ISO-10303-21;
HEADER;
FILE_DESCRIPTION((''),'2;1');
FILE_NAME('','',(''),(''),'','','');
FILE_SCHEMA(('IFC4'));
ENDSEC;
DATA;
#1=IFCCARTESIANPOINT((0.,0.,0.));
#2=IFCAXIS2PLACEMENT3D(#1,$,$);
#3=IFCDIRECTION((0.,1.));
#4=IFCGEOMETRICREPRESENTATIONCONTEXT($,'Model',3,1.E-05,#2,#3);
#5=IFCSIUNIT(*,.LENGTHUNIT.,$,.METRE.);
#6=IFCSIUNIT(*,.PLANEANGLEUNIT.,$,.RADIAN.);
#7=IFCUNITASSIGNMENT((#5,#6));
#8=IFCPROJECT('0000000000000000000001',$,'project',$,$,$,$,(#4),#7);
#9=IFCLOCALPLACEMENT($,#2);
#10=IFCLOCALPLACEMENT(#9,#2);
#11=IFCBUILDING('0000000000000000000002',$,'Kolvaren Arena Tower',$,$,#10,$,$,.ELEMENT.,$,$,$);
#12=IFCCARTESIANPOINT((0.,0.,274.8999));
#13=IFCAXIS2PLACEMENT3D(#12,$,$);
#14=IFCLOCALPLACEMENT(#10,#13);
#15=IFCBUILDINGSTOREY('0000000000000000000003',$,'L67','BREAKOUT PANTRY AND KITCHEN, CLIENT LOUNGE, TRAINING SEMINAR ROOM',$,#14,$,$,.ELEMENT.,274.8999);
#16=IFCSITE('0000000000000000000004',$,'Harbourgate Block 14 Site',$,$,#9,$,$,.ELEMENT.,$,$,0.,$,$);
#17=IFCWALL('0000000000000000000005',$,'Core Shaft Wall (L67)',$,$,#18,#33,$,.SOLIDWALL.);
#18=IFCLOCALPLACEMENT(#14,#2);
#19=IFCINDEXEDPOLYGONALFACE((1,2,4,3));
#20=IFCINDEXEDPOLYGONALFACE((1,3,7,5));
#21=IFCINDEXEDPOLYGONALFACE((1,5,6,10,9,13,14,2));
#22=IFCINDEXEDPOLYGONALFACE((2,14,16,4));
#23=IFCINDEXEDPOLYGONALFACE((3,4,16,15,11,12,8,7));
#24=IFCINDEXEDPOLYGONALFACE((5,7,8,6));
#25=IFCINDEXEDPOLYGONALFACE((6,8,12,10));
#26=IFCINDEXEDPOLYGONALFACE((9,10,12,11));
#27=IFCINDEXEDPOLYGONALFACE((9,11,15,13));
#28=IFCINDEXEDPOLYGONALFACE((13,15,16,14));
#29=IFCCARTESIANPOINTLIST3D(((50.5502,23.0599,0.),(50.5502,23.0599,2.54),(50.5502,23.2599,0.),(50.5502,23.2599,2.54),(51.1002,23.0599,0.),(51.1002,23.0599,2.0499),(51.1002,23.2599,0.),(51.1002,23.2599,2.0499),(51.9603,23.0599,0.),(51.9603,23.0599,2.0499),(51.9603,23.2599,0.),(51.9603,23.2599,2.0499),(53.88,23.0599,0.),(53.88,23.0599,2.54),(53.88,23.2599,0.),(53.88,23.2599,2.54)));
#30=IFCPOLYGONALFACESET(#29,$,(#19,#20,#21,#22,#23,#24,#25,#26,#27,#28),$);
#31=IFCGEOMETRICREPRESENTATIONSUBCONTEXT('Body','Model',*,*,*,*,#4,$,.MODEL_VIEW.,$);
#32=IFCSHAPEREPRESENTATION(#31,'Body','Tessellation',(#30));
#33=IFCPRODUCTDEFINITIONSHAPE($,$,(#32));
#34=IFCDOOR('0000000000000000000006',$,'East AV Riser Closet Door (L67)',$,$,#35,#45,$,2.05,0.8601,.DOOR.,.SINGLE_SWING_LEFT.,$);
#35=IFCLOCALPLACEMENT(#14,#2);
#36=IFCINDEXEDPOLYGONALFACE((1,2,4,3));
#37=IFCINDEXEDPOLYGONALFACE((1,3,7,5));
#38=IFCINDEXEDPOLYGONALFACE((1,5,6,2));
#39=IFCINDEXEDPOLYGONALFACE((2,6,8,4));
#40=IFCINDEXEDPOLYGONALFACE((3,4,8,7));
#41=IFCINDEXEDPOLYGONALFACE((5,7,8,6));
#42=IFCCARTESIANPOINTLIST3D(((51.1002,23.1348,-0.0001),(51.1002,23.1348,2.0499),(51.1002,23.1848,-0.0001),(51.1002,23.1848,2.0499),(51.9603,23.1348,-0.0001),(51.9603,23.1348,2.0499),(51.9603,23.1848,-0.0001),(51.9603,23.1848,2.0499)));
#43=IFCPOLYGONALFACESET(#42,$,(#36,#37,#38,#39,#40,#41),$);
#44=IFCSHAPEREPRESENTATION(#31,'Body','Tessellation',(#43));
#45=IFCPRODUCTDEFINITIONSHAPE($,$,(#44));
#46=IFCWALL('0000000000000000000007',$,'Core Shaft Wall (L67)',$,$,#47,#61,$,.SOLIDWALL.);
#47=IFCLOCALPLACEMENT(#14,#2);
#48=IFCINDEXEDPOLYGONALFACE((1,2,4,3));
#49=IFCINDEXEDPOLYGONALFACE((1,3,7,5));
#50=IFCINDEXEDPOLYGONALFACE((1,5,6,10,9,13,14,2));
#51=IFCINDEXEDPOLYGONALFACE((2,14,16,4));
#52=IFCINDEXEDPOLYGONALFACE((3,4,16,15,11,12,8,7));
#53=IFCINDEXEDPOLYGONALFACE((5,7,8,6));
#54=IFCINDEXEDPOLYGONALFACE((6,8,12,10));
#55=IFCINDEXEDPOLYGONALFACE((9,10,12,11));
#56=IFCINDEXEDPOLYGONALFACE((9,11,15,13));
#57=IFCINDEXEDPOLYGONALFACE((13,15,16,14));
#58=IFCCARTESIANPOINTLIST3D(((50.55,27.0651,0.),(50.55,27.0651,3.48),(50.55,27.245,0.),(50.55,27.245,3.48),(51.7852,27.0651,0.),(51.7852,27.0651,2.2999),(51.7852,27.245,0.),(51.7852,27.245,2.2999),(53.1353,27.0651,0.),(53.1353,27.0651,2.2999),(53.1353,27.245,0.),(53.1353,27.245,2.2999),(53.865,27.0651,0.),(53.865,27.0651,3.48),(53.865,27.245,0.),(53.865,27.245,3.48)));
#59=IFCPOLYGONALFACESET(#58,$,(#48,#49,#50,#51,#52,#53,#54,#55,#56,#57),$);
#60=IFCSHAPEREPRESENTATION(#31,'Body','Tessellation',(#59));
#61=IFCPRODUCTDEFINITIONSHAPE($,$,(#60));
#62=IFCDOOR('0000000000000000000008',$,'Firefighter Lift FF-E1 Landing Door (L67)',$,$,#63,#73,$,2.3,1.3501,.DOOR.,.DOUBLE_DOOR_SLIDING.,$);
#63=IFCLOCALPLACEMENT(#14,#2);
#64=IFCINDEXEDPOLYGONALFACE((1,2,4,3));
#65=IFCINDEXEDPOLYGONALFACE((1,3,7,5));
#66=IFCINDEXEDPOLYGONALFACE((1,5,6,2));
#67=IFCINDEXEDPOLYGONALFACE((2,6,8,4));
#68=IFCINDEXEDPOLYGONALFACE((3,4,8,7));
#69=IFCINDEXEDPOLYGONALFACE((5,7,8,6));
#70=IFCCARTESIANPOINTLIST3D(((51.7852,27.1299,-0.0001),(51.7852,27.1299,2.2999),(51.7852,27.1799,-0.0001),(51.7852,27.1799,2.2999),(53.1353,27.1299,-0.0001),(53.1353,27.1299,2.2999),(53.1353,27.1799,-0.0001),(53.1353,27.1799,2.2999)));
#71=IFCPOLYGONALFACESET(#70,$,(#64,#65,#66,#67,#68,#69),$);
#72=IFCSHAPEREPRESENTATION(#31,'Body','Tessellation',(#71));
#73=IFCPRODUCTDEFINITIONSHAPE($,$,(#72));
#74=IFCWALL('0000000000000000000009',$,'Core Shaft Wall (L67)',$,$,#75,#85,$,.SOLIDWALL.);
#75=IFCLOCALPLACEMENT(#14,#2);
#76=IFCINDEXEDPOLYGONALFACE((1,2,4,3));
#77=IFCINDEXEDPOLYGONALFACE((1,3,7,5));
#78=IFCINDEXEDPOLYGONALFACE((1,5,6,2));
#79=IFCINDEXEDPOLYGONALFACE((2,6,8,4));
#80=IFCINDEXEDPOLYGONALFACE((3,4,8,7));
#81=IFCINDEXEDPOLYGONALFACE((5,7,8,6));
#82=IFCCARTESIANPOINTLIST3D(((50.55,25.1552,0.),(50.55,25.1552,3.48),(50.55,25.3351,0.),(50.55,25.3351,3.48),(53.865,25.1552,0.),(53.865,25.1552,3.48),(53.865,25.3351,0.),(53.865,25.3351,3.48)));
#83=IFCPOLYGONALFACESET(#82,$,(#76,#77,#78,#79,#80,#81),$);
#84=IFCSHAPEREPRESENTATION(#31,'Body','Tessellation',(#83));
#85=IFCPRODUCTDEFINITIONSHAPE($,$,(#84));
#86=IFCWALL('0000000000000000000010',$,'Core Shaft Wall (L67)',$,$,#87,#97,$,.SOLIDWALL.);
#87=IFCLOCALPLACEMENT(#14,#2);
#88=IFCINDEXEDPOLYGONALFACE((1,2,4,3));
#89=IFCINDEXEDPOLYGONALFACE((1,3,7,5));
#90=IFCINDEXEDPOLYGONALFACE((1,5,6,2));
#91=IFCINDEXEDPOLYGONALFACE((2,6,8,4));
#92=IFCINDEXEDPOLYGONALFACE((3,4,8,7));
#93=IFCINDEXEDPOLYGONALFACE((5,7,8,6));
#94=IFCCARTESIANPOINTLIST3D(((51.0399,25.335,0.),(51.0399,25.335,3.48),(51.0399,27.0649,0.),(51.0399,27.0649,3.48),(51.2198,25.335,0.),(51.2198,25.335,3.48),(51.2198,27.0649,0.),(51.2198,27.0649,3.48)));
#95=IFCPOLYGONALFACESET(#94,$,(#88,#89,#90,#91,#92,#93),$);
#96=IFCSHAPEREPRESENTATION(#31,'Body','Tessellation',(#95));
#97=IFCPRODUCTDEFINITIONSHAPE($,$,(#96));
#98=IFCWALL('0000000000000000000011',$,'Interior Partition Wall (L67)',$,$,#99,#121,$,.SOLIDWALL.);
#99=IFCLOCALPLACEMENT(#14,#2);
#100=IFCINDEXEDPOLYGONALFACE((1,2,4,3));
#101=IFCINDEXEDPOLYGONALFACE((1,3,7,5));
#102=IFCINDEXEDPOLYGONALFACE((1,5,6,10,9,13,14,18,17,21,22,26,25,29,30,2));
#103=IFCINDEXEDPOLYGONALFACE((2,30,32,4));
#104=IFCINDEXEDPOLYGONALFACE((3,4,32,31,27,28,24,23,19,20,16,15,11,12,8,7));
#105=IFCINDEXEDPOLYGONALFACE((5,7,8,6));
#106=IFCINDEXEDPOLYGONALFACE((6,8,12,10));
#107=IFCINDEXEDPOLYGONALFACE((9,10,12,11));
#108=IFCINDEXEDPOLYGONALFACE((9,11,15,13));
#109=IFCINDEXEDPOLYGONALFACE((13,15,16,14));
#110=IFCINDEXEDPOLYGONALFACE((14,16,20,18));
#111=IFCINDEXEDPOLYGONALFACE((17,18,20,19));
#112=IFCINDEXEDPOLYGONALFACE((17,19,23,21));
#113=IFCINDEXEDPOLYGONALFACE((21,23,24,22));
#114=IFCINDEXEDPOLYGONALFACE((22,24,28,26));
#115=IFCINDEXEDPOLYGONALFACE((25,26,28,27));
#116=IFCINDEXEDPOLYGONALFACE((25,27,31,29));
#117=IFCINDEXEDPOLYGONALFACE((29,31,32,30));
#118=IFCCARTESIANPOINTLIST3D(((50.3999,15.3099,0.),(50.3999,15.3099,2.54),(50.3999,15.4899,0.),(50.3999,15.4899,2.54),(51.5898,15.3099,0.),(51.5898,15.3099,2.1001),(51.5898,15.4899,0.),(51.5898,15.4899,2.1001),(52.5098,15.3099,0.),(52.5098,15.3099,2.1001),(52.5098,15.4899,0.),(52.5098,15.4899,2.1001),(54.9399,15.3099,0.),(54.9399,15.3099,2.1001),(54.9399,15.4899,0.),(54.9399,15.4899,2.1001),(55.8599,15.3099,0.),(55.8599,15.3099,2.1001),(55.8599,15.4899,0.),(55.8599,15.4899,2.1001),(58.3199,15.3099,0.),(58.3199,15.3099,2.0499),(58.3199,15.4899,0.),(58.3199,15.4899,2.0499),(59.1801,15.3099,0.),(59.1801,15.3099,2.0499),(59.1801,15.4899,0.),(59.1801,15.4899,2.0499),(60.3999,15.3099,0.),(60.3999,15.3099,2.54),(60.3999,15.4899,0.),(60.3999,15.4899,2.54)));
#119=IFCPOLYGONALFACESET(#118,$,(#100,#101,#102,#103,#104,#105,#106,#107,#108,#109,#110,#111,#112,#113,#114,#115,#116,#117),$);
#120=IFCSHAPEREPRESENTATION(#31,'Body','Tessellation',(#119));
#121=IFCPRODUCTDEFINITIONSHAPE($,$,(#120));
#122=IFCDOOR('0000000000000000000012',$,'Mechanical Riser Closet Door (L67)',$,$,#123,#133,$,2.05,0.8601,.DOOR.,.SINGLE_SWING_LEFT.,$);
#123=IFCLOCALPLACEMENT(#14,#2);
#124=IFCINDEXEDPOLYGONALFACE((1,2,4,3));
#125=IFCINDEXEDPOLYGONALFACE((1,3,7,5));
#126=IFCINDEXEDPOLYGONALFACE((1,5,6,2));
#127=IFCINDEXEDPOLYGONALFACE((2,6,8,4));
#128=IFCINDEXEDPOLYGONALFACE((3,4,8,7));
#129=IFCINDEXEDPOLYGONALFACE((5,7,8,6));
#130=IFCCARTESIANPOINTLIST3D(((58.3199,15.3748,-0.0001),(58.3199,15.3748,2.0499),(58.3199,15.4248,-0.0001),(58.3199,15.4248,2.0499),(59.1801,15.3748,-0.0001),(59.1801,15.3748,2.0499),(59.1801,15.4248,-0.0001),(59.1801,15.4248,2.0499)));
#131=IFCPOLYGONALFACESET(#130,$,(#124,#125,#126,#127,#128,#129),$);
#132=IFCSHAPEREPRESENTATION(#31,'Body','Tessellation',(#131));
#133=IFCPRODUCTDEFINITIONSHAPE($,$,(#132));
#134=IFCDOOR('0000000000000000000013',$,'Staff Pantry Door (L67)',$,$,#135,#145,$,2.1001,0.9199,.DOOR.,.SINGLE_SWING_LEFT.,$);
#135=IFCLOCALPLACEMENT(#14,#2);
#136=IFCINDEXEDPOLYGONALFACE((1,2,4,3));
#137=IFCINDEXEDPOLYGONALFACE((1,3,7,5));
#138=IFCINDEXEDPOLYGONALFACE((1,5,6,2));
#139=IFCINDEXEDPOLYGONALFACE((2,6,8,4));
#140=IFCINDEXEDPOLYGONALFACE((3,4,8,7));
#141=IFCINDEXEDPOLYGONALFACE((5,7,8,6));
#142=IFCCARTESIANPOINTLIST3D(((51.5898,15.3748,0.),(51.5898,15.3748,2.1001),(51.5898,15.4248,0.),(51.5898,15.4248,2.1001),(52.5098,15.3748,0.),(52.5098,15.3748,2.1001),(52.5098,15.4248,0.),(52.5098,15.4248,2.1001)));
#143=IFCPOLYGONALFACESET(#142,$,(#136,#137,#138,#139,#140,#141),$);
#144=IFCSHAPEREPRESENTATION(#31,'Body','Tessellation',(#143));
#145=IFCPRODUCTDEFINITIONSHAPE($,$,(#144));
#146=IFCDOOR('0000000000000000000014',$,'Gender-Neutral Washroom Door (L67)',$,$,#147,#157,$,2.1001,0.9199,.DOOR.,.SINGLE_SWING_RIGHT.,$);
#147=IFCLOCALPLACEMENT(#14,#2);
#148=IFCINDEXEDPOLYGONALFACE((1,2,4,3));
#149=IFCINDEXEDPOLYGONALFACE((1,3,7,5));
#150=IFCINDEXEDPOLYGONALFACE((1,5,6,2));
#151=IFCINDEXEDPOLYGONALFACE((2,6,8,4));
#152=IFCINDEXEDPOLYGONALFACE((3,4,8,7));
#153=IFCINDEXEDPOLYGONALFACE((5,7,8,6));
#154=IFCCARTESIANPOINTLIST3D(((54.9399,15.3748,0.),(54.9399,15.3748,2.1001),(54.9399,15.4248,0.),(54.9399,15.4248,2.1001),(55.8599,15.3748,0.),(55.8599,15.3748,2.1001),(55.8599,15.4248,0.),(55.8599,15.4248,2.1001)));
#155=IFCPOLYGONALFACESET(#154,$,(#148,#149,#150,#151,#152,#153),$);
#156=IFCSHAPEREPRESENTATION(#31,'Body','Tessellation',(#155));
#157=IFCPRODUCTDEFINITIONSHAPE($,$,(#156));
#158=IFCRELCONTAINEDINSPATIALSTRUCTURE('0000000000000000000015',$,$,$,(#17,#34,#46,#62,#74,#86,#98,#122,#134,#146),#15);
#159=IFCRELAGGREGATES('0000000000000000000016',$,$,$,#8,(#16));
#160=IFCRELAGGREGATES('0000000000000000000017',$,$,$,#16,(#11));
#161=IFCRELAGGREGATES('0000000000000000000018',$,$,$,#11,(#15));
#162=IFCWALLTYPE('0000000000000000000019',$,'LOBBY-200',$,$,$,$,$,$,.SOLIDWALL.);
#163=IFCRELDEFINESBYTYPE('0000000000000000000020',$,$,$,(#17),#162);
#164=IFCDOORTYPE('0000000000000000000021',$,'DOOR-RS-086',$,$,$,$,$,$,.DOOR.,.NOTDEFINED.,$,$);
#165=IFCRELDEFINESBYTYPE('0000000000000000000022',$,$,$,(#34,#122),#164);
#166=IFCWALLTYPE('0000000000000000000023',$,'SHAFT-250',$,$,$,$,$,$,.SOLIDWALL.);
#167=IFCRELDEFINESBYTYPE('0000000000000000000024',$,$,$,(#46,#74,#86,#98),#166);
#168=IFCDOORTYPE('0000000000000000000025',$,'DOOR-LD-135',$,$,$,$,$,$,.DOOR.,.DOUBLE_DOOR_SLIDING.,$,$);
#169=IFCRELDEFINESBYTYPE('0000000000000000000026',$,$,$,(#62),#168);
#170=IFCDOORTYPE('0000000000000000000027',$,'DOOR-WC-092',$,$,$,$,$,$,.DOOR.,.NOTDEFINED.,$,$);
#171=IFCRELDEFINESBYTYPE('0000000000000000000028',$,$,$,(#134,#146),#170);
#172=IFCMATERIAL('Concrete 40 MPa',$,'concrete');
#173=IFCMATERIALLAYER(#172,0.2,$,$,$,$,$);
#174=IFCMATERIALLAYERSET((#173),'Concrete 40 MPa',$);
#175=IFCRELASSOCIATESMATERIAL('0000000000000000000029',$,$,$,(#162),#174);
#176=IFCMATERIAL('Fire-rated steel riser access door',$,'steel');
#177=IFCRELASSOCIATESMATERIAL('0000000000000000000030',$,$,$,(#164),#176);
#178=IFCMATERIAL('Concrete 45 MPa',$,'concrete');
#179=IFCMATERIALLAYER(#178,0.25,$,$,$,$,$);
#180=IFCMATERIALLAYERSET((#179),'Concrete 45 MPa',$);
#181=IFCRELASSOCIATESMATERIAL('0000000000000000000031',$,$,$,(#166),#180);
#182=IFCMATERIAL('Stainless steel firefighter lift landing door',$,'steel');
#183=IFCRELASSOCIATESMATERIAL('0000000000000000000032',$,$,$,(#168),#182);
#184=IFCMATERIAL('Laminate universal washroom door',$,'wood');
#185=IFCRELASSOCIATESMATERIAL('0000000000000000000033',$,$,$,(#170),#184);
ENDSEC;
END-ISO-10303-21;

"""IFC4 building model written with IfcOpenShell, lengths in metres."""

from ifc_helpers import new_model, si_unit, direction, frame, frame_2d, origin, place, context, subcontext, project, spatial, rectangle, extrude, material, layer, layer_set, type_object, element, fill, save


model = new_model("IFC4")

# Units and contexts
model_context = context("Model", 3, precision=1e-05, world=origin(), true_north=direction((0.0, 1.0)))
body_context = subcontext(model_context, "Body", "Model", "MODEL_VIEW")
ifc_project = project(units=[si_unit("LENGTHUNIT", "METRE"), si_unit("PLANEANGLEUNIT", "RADIAN")], contexts=[model_context])

# Site, building, storey
site_placement = place(None, origin())
site = spatial("IfcSite", under=ifc_project, at=site_placement, Name="Harbourgate Block 14 Site", CompositionType="ELEMENT", RefElevation=0.0)
building_placement = place(site_placement, origin())
building = spatial("IfcBuilding", under=site, at=building_placement, Name="Kolvaren Arena Tower", CompositionType="ELEMENT")
storey_placement = place(building_placement, frame((0.0, 0.0, 274.8999)))
storey = spatial("IfcBuildingStorey", under=building, at=storey_placement, Name="L67", Description="BREAKOUT PANTRY AND KITCHEN, CLIENT LOUNGE, TRAINING SEMINAR ROOM", CompositionType="ELEMENT", Elevation=274.8999)

# Shared definitions
ifc_material_1 = material(Name="Concrete 40 MPa", Category="concrete")
ifc_layer_1 = layer(ifc_material_1, 0.2)
ifc_layer_set_1 = layer_set([ifc_layer_1], Name="Concrete 40 MPa")
wall_type_1 = type_object("IfcWallType", Name="LOBBY-200", PredefinedType="SOLIDWALL", material=ifc_layer_set_1)

# Walls, openings, doors
wall_1_placement = place(storey_placement, frame((50.55, 23.1599, 0.0), z_axis=(0.0, 0.0, 1.0), x_axis=(1.0, 0.0, 0.0)))
wall_1 = element("IfcWall", 1, at=wall_1_placement, inside=storey, type_object=wall_type_1, Name="Core Shaft Wall (L67)", PredefinedType="SOLIDWALL", context=body_context, shape_type="SweptSolid", body=[
    extrude(rectangle(XDim=3.3298, YDim=0.2, at=frame_2d((1.665, 0.0))), origin(), (0.0, 0.0, 1.0), 2.54),
])
opening_1_placement = place(wall_1_placement, frame((0.55, 0.0, 0.0)))
opening_1 = element("IfcOpeningElement", 2, at=opening_1_placement, cuts=wall_1, PredefinedType="OPENING", context=body_context, shape_type="SweptSolid", body=[
    extrude(rectangle(XDim=0.8601, YDim=2.05, at=frame_2d((0.4302, 1.0249))), frame((0.0, 0.1099, 0.0), z_axis=(0.0, -1.0, 0.0), x_axis=(1.0, 0.0, 0.0)), (0.0, 0.0, 1.0), 0.22),
])
ifc_material_2 = material(Name="Fire-rated steel riser access door", Category="steel")
door_type_1 = type_object("IfcDoorType", Name="DOOR-RS-086", OperationType="NOTDEFINED", PredefinedType="DOOR", material=ifc_material_2)
door_1_placement = place(opening_1_placement, origin())
door_1 = element("IfcDoor", 3, at=door_1_placement, inside=storey, type_object=door_type_1, Name="East AV Riser Closet Door (L67)", OperationType="SINGLE_SWING_LEFT", OverallHeight=2.05, OverallWidth=0.8601, PredefinedType="DOOR", context=body_context, shape_type="SweptSolid", body=[
    extrude(rectangle(XDim=0.8601, YDim=2.05, at=frame_2d((0.4302, 1.0249))), frame((0.0, 0.0249, 0.0), z_axis=(0.0, -1.0, 0.0), x_axis=(1.0, 0.0, 0.0)), (0.0, 0.0, 1.0), 0.05),
])
fill(opening_1, door_1)
ifc_material_3 = material(Name="Concrete 45 MPa", Category="concrete")
ifc_layer_2 = layer(ifc_material_3, 0.25)
ifc_layer_set_2 = layer_set([ifc_layer_2], Name="Concrete 45 MPa")
wall_type_2 = type_object("IfcWallType", Name="SHAFT-250", PredefinedType="SOLIDWALL", material=ifc_layer_set_2)
wall_2_placement = place(storey_placement, frame((50.55, 27.155, 0.0), z_axis=(0.0, 0.0, 1.0), x_axis=(1.0, 0.0, 0.0)))
wall_2 = element("IfcWall", 4, at=wall_2_placement, inside=storey, type_object=wall_type_2, Name="Core Shaft Wall (L67)", PredefinedType="SOLIDWALL", context=body_context, shape_type="SweptSolid", body=[
    extrude(rectangle(XDim=3.3149, YDim=0.1799, at=frame_2d((1.6575, 0.0))), origin(), (0.0, 0.0, 1.0), 3.48),
])
opening_2_placement = place(wall_2_placement, frame((1.2351, 0.0, 0.0)))
opening_2 = element("IfcOpeningElement", 5, at=opening_2_placement, cuts=wall_2, PredefinedType="OPENING", context=body_context, shape_type="SweptSolid", body=[
    extrude(rectangle(XDim=1.3501, YDim=2.3, at=frame_2d((0.675, 1.1499))), frame((0.0, 0.0999, 0.0), z_axis=(0.0, -1.0, 0.0), x_axis=(1.0, 0.0, 0.0)), (0.0, 0.0, 1.0), 0.2),
])
ifc_material_4 = material(Name="Stainless steel firefighter lift landing door", Category="steel")
door_type_2 = type_object("IfcDoorType", Name="DOOR-LD-135", OperationType="DOUBLE_DOOR_SLIDING", PredefinedType="DOOR", material=ifc_material_4)
door_2_placement = place(opening_2_placement, origin())
door_2 = element("IfcDoor", 6, at=door_2_placement, inside=storey, type_object=door_type_2, Name="Firefighter Lift FF-E1 Landing Door (L67)", OperationType="DOUBLE_DOOR_SLIDING", OverallHeight=2.3, OverallWidth=1.3501, PredefinedType="DOOR", context=body_context, shape_type="SweptSolid", body=[
    extrude(rectangle(XDim=1.3501, YDim=2.3, at=frame_2d((0.675, 1.1499))), frame((0.0, 0.0249, 0.0), z_axis=(0.0, -1.0, 0.0), x_axis=(1.0, 0.0, 0.0)), (0.0, 0.0, 1.0), 0.05),
])
fill(opening_2, door_2)

# Walls
wall_3_placement = place(storey_placement, frame((50.55, 25.2451, 0.0), z_axis=(0.0, 0.0, 1.0), x_axis=(1.0, 0.0, 0.0)))
element("IfcWall", 7, at=wall_3_placement, inside=storey, type_object=wall_type_2, Name="Core Shaft Wall (L67)", PredefinedType="SOLIDWALL", context=body_context, shape_type="SweptSolid", body=[
    extrude(rectangle(XDim=3.3149, YDim=0.1799, at=frame_2d((1.6575, 0.0))), origin(), (0.0, 0.0, 1.0), 3.48),
])
wall_4_placement = place(storey_placement, frame((51.1299, 25.335, 0.0), z_axis=(0.0, 0.0, 1.0), x_axis=(0.0, 1.0, 0.0)))
element("IfcWall", 8, at=wall_4_placement, inside=storey, type_object=wall_type_2, Name="Core Shaft Wall (L67)", PredefinedType="SOLIDWALL", context=body_context, shape_type="SweptSolid", body=[
    extrude(rectangle(XDim=1.73, YDim=0.1799, at=frame_2d((0.865, 0.0))), origin(), (0.0, 0.0, 1.0), 3.48),
])

# Wall, openings, doors
wall_5_placement = place(storey_placement, frame((50.3999, 15.3999, 0.0), z_axis=(0.0, 0.0, 1.0), x_axis=(1.0, 0.0, 0.0)))
wall_5 = element("IfcWall", 9, at=wall_5_placement, inside=storey, type_object=wall_type_2, Name="Interior Partition Wall (L67)", PredefinedType="SOLIDWALL", context=body_context, shape_type="SweptSolid", body=[
    extrude(rectangle(XDim=10.0, YDim=0.1799, at=frame_2d((5.0, 0.0))), origin(), (0.0, 0.0, 1.0), 2.54),
])
opening_3_placement = place(wall_5_placement, frame((1.1899, 0.0, 0.0)))
opening_3 = element("IfcOpeningElement", 10, at=opening_3_placement, cuts=wall_5, PredefinedType="OPENING", context=body_context, shape_type="SweptSolid", body=[
    extrude(rectangle(XDim=0.9199, YDim=2.1001, at=frame_2d((0.46, 1.05))), frame((0.0, 0.0999, 0.0), z_axis=(0.0, -1.0, 0.0), x_axis=(1.0, 0.0, 0.0)), (0.0, 0.0, 1.0), 0.2),
])
opening_4_placement = place(wall_5_placement, frame((4.54, 0.0, 0.0)))
opening_4 = element("IfcOpeningElement", 11, at=opening_4_placement, cuts=wall_5, PredefinedType="OPENING", context=body_context, shape_type="SweptSolid", body=[
    extrude(rectangle(XDim=0.9199, YDim=2.1001, at=frame_2d((0.46, 1.05))), frame((0.0, 0.0999, 0.0), z_axis=(0.0, -1.0, 0.0), x_axis=(1.0, 0.0, 0.0)), (0.0, 0.0, 1.0), 0.2),
])
opening_5_placement = place(wall_5_placement, frame((7.9199, 0.0, 0.0)))
opening_5 = element("IfcOpeningElement", 12, at=opening_5_placement, cuts=wall_5, PredefinedType="OPENING", context=body_context, shape_type="SweptSolid", body=[
    extrude(rectangle(XDim=0.8601, YDim=2.05, at=frame_2d((0.4302, 1.0249))), frame((0.0, 0.0999, 0.0), z_axis=(0.0, -1.0, 0.0), x_axis=(1.0, 0.0, 0.0)), (0.0, 0.0, 1.0), 0.2),
])
door_3_placement = place(opening_5_placement, origin())
door_3 = element("IfcDoor", 13, at=door_3_placement, inside=storey, type_object=door_type_1, Name="Mechanical Riser Closet Door (L67)", OperationType="SINGLE_SWING_LEFT", OverallHeight=2.05, OverallWidth=0.8601, PredefinedType="DOOR", context=body_context, shape_type="SweptSolid", body=[
    extrude(rectangle(XDim=0.8601, YDim=2.05, at=frame_2d((0.4302, 1.0249))), frame((0.0, 0.0249, 0.0), z_axis=(0.0, -1.0, 0.0), x_axis=(1.0, 0.0, 0.0)), (0.0, 0.0, 1.0), 0.05),
])
fill(opening_5, door_3)
ifc_material_5 = material(Name="Laminate universal washroom door", Category="wood")
door_type_3 = type_object("IfcDoorType", Name="DOOR-WC-092", OperationType="NOTDEFINED", PredefinedType="DOOR", material=ifc_material_5)
door_4_placement = place(opening_3_placement, origin())
door_4 = element("IfcDoor", 14, at=door_4_placement, inside=storey, type_object=door_type_3, Name="Staff Pantry Door (L67)", OperationType="SINGLE_SWING_LEFT", OverallHeight=2.1001, OverallWidth=0.9199, PredefinedType="DOOR", context=body_context, shape_type="SweptSolid", body=[
    extrude(rectangle(XDim=0.9199, YDim=2.1001, at=frame_2d((0.46, 1.05))), frame((0.0, 0.0249, 0.0), z_axis=(0.0, -1.0, 0.0), x_axis=(1.0, 0.0, 0.0)), (0.0, 0.0, 1.0), 0.05),
])
fill(opening_3, door_4)
door_5_placement = place(opening_4_placement, origin())
door_5 = element("IfcDoor", 15, at=door_5_placement, inside=storey, type_object=door_type_3, Name="Gender-Neutral Washroom Door (L67)", OperationType="SINGLE_SWING_RIGHT", OverallHeight=2.1001, OverallWidth=0.9199, PredefinedType="DOOR", context=body_context, shape_type="SweptSolid", body=[
    extrude(rectangle(XDim=0.9199, YDim=2.1001, at=frame_2d((0.46, 1.05))), frame((0.0, 0.0249, 0.0), z_axis=(0.0, -1.0, 0.0), x_axis=(1.0, 0.0, 0.0)), (0.0, 0.0, 1.0), 0.05),
])
fill(opening_4, door_5)

save(model, "model.ifc")
